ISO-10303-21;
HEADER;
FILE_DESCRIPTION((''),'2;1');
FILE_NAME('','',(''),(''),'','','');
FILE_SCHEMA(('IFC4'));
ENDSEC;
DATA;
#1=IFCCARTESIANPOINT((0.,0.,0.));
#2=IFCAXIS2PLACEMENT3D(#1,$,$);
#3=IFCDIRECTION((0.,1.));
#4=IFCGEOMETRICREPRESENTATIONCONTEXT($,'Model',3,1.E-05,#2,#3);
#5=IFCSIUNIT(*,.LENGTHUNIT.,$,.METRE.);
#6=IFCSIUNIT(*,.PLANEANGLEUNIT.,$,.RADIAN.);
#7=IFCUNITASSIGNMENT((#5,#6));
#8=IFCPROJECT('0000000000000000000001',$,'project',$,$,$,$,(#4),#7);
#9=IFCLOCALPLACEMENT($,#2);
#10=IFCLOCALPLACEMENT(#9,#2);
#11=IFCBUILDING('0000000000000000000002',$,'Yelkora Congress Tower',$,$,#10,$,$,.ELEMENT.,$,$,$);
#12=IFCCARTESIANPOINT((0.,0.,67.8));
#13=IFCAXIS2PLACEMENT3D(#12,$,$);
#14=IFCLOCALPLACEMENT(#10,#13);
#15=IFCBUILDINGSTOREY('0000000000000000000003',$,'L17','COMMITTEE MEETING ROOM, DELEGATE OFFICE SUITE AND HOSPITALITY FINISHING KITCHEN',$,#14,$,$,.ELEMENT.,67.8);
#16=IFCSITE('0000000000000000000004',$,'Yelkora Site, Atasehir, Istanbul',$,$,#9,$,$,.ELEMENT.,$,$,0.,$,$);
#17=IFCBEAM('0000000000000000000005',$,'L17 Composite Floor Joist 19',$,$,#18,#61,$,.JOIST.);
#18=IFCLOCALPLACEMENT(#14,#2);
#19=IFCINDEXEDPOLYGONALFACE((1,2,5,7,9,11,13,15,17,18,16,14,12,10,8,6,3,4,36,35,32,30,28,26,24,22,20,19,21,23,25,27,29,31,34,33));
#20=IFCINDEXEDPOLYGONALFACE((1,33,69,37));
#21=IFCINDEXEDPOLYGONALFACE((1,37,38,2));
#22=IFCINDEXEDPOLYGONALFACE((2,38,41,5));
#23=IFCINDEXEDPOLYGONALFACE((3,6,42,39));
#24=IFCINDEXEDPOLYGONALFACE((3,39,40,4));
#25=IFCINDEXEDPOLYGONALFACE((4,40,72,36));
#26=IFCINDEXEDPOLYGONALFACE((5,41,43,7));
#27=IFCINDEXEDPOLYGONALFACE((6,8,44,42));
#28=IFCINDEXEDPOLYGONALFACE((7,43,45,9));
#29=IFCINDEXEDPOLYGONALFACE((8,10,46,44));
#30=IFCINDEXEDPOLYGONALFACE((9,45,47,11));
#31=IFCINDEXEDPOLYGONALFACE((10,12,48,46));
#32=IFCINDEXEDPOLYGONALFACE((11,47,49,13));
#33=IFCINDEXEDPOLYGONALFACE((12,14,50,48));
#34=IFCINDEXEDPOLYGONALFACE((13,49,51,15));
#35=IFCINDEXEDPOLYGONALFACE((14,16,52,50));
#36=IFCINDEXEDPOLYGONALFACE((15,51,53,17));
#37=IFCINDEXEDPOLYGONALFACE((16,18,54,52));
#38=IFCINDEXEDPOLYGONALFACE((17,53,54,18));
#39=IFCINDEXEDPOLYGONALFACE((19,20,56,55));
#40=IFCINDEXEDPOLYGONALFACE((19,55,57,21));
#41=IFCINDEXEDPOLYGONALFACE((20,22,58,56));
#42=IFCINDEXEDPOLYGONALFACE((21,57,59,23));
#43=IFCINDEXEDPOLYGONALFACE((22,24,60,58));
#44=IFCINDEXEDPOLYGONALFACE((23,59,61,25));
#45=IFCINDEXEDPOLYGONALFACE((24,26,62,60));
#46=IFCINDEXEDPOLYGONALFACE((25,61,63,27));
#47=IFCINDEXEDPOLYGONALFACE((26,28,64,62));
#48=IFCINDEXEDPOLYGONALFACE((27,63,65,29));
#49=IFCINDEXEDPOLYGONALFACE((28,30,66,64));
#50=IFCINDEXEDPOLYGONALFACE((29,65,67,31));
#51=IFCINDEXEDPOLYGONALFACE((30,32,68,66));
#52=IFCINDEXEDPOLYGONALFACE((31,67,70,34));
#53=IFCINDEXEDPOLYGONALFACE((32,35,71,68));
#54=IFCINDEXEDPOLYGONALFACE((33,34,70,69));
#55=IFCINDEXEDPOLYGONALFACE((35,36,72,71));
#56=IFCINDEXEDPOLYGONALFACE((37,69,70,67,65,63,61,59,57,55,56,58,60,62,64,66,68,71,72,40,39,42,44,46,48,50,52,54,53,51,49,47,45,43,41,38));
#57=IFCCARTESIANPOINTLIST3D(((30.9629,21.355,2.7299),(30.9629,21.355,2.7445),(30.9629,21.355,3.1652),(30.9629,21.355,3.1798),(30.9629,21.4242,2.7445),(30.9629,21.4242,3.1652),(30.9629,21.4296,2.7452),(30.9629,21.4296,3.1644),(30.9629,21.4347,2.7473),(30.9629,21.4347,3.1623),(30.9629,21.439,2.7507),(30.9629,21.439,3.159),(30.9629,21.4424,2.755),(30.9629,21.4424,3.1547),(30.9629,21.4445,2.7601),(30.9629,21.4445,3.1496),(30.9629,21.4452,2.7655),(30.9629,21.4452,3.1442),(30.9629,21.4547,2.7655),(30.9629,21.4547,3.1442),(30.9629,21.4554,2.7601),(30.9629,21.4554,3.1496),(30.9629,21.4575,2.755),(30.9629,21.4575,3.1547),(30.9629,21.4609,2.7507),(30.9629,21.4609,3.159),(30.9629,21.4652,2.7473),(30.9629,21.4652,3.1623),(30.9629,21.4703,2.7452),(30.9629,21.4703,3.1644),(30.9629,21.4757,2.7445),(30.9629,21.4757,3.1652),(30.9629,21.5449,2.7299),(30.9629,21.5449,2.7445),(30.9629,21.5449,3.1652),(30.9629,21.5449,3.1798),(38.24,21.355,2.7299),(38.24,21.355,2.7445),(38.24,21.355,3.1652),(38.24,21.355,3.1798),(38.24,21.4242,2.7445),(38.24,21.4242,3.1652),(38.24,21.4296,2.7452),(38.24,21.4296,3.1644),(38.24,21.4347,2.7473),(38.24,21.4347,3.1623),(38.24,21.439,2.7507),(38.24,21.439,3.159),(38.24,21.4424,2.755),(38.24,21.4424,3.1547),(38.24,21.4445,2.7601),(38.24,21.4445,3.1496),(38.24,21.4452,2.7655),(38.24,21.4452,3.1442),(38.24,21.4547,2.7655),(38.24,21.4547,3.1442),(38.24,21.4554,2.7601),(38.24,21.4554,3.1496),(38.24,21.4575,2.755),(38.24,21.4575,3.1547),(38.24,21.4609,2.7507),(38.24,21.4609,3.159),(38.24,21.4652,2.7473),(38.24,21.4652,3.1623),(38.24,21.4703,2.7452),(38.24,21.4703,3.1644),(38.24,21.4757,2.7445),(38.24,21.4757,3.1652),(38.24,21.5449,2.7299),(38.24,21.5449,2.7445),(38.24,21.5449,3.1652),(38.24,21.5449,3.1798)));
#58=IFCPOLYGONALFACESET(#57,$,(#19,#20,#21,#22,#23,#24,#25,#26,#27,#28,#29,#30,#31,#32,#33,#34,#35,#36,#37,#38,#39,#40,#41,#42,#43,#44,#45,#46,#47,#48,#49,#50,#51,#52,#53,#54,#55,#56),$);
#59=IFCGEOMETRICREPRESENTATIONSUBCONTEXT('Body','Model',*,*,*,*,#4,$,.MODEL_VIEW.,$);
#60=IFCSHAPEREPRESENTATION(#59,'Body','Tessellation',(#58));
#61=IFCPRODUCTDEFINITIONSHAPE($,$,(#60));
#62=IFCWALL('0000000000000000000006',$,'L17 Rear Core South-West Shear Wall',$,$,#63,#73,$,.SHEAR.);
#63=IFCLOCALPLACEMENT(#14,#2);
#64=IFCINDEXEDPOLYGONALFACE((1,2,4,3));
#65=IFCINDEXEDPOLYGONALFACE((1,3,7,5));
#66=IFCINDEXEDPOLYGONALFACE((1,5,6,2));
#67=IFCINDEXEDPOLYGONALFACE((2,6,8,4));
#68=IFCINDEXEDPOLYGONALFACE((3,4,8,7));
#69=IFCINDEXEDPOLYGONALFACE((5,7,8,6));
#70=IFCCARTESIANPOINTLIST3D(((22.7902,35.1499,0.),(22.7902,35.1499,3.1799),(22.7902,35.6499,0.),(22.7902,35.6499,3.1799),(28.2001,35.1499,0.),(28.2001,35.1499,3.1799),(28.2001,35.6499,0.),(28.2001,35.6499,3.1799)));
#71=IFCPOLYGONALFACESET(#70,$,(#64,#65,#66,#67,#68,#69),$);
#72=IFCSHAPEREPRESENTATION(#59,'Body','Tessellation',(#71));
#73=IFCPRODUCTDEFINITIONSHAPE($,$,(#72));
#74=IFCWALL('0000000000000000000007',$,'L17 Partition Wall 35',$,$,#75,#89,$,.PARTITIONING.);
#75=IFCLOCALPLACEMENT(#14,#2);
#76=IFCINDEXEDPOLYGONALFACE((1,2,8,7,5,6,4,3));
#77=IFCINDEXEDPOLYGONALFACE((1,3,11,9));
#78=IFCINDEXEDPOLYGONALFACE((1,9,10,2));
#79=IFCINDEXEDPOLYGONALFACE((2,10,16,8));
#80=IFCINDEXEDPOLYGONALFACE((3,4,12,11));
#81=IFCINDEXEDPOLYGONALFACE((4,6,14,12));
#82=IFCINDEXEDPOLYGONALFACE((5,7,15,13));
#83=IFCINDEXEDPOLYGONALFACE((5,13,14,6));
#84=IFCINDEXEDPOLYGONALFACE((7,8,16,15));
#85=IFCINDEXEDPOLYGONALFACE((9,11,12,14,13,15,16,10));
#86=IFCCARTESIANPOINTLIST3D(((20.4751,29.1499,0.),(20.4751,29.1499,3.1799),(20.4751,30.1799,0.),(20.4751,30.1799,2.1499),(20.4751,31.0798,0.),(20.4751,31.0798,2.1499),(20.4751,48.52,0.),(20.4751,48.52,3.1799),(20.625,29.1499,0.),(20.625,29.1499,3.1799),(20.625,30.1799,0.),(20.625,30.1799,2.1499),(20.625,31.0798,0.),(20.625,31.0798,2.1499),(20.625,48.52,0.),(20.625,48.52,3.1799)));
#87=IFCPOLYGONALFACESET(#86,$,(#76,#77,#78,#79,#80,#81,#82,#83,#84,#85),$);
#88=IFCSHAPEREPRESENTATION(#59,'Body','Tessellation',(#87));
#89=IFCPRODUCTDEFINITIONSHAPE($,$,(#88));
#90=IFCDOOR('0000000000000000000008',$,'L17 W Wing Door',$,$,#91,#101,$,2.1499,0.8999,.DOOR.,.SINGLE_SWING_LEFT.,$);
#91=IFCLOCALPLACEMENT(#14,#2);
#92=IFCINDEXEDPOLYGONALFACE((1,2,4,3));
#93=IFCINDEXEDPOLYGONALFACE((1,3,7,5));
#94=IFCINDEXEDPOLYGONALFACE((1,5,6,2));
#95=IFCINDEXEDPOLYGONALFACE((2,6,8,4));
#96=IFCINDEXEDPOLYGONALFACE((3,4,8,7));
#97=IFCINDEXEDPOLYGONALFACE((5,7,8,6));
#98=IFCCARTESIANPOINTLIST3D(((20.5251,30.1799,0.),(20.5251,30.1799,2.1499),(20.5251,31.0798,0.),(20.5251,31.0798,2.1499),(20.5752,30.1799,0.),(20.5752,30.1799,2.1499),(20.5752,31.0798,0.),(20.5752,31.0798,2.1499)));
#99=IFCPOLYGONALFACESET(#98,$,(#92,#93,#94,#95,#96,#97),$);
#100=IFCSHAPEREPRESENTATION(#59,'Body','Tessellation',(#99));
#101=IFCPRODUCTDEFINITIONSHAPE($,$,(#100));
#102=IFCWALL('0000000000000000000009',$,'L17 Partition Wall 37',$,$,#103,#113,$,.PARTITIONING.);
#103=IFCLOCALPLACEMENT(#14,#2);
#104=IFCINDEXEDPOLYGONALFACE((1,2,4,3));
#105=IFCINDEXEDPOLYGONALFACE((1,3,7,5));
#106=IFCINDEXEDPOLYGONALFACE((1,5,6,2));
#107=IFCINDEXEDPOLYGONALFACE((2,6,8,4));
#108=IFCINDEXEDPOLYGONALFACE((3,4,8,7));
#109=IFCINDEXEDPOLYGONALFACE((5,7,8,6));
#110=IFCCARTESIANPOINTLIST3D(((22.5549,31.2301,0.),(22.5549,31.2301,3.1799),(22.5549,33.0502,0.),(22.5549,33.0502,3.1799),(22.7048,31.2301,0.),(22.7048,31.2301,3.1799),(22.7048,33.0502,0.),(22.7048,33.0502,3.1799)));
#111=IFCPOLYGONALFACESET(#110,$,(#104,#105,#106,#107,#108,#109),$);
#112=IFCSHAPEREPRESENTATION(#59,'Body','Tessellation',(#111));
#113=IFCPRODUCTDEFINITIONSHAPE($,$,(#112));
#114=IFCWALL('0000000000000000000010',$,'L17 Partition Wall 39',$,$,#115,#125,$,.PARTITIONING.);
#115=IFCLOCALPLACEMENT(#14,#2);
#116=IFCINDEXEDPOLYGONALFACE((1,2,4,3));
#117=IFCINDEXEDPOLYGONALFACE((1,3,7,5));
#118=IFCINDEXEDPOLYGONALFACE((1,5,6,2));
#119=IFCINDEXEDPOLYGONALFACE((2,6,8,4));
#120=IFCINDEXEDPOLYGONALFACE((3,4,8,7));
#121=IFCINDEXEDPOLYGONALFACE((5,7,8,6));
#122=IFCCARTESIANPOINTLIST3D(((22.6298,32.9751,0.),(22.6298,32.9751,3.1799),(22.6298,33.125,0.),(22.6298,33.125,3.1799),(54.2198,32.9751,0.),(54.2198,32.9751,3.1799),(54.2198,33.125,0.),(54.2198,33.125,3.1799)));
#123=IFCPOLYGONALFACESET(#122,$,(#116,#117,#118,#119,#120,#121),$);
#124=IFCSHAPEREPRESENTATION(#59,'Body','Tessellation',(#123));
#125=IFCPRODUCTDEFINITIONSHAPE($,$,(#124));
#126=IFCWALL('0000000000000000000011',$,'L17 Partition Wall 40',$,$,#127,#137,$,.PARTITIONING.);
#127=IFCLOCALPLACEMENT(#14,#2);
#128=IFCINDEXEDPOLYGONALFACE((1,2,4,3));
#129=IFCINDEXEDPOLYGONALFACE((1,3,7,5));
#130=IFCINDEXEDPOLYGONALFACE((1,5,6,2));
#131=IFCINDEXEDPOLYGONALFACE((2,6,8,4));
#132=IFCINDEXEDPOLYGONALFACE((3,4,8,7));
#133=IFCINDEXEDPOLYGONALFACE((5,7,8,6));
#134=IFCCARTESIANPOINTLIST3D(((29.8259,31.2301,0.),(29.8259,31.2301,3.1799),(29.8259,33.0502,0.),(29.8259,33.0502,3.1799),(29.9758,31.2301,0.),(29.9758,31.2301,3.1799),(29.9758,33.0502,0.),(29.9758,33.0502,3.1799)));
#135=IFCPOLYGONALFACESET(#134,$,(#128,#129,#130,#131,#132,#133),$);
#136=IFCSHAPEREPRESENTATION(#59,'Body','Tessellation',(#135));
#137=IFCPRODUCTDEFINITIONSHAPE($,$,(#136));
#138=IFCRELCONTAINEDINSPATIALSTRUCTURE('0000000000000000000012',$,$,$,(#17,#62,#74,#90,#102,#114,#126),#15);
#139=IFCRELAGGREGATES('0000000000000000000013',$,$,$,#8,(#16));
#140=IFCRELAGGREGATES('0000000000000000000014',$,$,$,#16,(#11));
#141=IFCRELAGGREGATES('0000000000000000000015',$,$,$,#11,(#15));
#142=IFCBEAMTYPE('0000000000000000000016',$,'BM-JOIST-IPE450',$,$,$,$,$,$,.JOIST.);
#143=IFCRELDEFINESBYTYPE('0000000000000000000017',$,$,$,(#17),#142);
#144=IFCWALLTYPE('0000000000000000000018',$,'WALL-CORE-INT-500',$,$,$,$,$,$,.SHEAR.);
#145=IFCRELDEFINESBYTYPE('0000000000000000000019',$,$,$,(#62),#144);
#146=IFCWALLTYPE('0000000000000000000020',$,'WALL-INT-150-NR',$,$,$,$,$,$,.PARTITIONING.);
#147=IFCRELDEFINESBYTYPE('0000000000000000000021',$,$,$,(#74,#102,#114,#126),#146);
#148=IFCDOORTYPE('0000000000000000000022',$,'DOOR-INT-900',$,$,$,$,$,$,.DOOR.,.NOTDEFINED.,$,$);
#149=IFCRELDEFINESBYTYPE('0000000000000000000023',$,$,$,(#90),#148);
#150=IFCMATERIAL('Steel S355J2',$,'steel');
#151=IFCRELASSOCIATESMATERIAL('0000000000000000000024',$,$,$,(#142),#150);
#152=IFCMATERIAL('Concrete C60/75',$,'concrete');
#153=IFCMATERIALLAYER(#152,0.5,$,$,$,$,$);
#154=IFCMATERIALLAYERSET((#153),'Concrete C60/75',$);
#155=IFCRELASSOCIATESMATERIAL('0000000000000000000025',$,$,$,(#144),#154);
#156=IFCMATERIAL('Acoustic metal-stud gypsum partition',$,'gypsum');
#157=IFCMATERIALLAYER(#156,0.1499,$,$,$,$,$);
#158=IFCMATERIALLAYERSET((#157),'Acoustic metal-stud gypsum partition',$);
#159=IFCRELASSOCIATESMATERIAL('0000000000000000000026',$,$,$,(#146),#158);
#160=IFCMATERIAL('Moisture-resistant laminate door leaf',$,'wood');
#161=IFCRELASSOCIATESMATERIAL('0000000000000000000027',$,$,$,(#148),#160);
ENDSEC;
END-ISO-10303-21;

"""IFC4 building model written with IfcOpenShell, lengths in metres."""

from ifc_helpers import new_model, si_unit, direction, frame, frame_2d, origin, origin_2d, place, context, subcontext, project, spatial, rectangle, i_section, extrude, material, layer, layer_set, material_profile, profile_set, type_object, element, fill, save


model = new_model("IFC4")

# Units and contexts
model_context = context("Model", 3, precision=1e-05, world=origin(), true_north=direction((0.0, 1.0)))
body_context = subcontext(model_context, "Body", "Model", "MODEL_VIEW")
ifc_project = project(units=[si_unit("LENGTHUNIT", "METRE"), si_unit("PLANEANGLEUNIT", "RADIAN")], contexts=[model_context])

# Site, building, storey
site_placement = place(None, origin())
site = spatial("IfcSite", under=ifc_project, at=site_placement, Name="Yelkora Site, Atasehir, Istanbul", CompositionType="ELEMENT", RefElevation=0.0)
building_placement = place(site_placement, origin())
building = spatial("IfcBuilding", under=site, at=building_placement, Name="Yelkora Congress Tower", CompositionType="ELEMENT")
storey_placement = place(building_placement, frame((0.0, 0.0, 67.8)))
storey = spatial("IfcBuildingStorey", under=building, at=storey_placement, Name="L17", Description="COMMITTEE MEETING ROOM, DELEGATE OFFICE SUITE AND HOSPITALITY FINISHING KITCHEN", CompositionType="ELEMENT", Elevation=67.8)

# Shared definitions
ifc_material_1 = material(Name="Concrete C60/75", Category="concrete")

# Beam
ifc_material_2 = material(Name="Steel S355J2", Category="steel")
ifc_material_profile_1 = material_profile(ifc_material_2, i_section(OverallWidth=0.1899, OverallDepth=0.45, WebThickness=0.0095, FlangeThickness=0.0146, FilletRadius=0.021, at=origin_2d()), Name="IPE 450")
ifc_profile_set_1 = profile_set([ifc_material_profile_1], Name="Steel S355J2")
beam_type_1 = type_object("IfcBeamType", Name="BM-JOIST-IPE450", PredefinedType="JOIST", material=ifc_profile_set_1)
for number, where, z_axis, x_axis, name in (
    (1, (30.9629, 21.45, 2.9548), (1.0, 0.0, 0.0), (0.0, 1.0, 0.0), "L17 Composite Floor Joist 19"),
):
    element("IfcBeam", number, at=place(storey_placement, frame(where, z_axis=z_axis, x_axis=x_axis)), inside=storey, type_object=beam_type_1, Name=name, PredefinedType="JOIST", context=body_context, shape_type="SweptSolid", body=[
        extrude(i_section(OverallWidth=0.1899, OverallDepth=0.45, WebThickness=0.0095, FlangeThickness=0.0146, FilletRadius=0.021, at=origin_2d()), origin(), (0.0, 0.0, 1.0), 7.2771),
    ])

# Wall
ifc_layer_1 = layer(ifc_material_1, 0.5)
ifc_layer_set_1 = layer_set([ifc_layer_1], Name="Concrete C60/75")
wall_type_1 = type_object("IfcWallType", Name="WALL-CORE-INT-500", PredefinedType="SHEAR", material=ifc_layer_set_1)
wall_1_placement = place(storey_placement, frame((22.79, 35.3999, 0.0), z_axis=(0.0, 0.0, 1.0), x_axis=(1.0, 0.0, 0.0)))
element("IfcWall", 2, at=wall_1_placement, inside=storey, type_object=wall_type_1, Name="L17 Rear Core South-West Shear Wall", PredefinedType="SHEAR", context=body_context, shape_type="SweptSolid", body=[
    extrude(rectangle(XDim=5.4099, YDim=0.5, at=frame_2d((2.7051, 0.0))), origin(), (0.0, 0.0, 1.0), 3.1799),
])

# Wall, opening, door
ifc_material_3 = material(Name="Acoustic metal-stud gypsum partition", Category="gypsum")
ifc_layer_2 = layer(ifc_material_3, 0.1499)
ifc_layer_set_2 = layer_set([ifc_layer_2], Name="Acoustic metal-stud gypsum partition")
wall_type_2 = type_object("IfcWallType", Name="WALL-INT-150-NR", PredefinedType="PARTITIONING", material=ifc_layer_set_2)
wall_2_placement = place(storey_placement, frame((20.55, 29.1499, 0.0), z_axis=(0.0, 0.0, 1.0), x_axis=(0.0, 1.0, 0.0)))
wall_2 = element("IfcWall", 3, at=wall_2_placement, inside=storey, type_object=wall_type_2, Name="L17 Partition Wall 35", PredefinedType="PARTITIONING", context=body_context, shape_type="SweptSolid", body=[
    extrude(rectangle(XDim=19.3701, YDim=0.1499, at=frame_2d((9.6851, 0.0))), origin(), (0.0, 0.0, 1.0), 3.1799),
])
opening_1_placement = place(wall_2_placement, frame((1.03, 0.0, 0.0)))
opening_1 = element("IfcOpeningElement", 4, at=opening_1_placement, cuts=wall_2, PredefinedType="OPENING", context=body_context, shape_type="SweptSolid", body=[
    extrude(rectangle(XDim=0.8999, YDim=2.1499, at=frame_2d((0.45, 1.075))), frame((0.0, 0.085, 0.0), z_axis=(0.0, -1.0, 0.0), x_axis=(1.0, 0.0, 0.0)), (0.0, 0.0, 1.0), 0.1699),
])
ifc_material_4 = material(Name="Moisture-resistant laminate door leaf", Category="wood")
door_type = type_object("IfcDoorType", Name="DOOR-INT-900", OperationType="NOTDEFINED", PredefinedType="DOOR", material=ifc_material_4)
door_1_placement = place(opening_1_placement, origin())
door_1 = element("IfcDoor", 5, at=door_1_placement, inside=storey, type_object=door_type, Name="L17 W Wing Door", OperationType="SINGLE_SWING_LEFT", OverallHeight=2.1499, OverallWidth=0.8999, PredefinedType="DOOR", context=body_context, shape_type="SweptSolid", body=[
    extrude(rectangle(XDim=0.8999, YDim=2.1499, at=frame_2d((0.45, 1.075))), frame((0.0, 0.0249, 0.0), z_axis=(0.0, -1.0, 0.0), x_axis=(1.0, 0.0, 0.0)), (0.0, 0.0, 1.0), 0.05),
])
fill(opening_1, door_1)

# Walls
wall_3_placement = place(storey_placement, frame((22.6299, 31.23, 0.0), z_axis=(0.0, 0.0, 1.0), x_axis=(0.0, 1.0, 0.0)))
element("IfcWall", 6, at=wall_3_placement, inside=storey, type_object=wall_type_2, Name="L17 Partition Wall 37", PredefinedType="PARTITIONING", context=body_context, shape_type="SweptSolid", body=[
    extrude(rectangle(XDim=1.8201, YDim=0.1499, at=frame_2d((0.9102, 0.0))), origin(), (0.0, 0.0, 1.0), 3.1799),
])
wall_4_placement = place(storey_placement, frame((22.6299, 33.05, 0.0), z_axis=(0.0, 0.0, 1.0), x_axis=(1.0, 0.0, 0.0)))
element("IfcWall", 7, at=wall_4_placement, inside=storey, type_object=wall_type_2, Name="L17 Partition Wall 39", PredefinedType="PARTITIONING", context=body_context, shape_type="SweptSolid", body=[
    extrude(rectangle(XDim=31.5901, YDim=0.1499, at=frame_2d((15.7949, 0.0))), origin(), (0.0, 0.0, 1.0), 3.1799),
])
wall_5_placement = place(storey_placement, frame((29.9009, 31.23, 0.0), z_axis=(0.0, 0.0, 1.0), x_axis=(0.0, 1.0, 0.0)))
element("IfcWall", 8, at=wall_5_placement, inside=storey, type_object=wall_type_2, Name="L17 Partition Wall 40", PredefinedType="PARTITIONING", context=body_context, shape_type="SweptSolid", body=[
    extrude(rectangle(XDim=1.8201, YDim=0.1499, at=frame_2d((0.9102, 0.0))), origin(), (0.0, 0.0, 1.0), 3.1799),
])

save(model, "model.ifc")
